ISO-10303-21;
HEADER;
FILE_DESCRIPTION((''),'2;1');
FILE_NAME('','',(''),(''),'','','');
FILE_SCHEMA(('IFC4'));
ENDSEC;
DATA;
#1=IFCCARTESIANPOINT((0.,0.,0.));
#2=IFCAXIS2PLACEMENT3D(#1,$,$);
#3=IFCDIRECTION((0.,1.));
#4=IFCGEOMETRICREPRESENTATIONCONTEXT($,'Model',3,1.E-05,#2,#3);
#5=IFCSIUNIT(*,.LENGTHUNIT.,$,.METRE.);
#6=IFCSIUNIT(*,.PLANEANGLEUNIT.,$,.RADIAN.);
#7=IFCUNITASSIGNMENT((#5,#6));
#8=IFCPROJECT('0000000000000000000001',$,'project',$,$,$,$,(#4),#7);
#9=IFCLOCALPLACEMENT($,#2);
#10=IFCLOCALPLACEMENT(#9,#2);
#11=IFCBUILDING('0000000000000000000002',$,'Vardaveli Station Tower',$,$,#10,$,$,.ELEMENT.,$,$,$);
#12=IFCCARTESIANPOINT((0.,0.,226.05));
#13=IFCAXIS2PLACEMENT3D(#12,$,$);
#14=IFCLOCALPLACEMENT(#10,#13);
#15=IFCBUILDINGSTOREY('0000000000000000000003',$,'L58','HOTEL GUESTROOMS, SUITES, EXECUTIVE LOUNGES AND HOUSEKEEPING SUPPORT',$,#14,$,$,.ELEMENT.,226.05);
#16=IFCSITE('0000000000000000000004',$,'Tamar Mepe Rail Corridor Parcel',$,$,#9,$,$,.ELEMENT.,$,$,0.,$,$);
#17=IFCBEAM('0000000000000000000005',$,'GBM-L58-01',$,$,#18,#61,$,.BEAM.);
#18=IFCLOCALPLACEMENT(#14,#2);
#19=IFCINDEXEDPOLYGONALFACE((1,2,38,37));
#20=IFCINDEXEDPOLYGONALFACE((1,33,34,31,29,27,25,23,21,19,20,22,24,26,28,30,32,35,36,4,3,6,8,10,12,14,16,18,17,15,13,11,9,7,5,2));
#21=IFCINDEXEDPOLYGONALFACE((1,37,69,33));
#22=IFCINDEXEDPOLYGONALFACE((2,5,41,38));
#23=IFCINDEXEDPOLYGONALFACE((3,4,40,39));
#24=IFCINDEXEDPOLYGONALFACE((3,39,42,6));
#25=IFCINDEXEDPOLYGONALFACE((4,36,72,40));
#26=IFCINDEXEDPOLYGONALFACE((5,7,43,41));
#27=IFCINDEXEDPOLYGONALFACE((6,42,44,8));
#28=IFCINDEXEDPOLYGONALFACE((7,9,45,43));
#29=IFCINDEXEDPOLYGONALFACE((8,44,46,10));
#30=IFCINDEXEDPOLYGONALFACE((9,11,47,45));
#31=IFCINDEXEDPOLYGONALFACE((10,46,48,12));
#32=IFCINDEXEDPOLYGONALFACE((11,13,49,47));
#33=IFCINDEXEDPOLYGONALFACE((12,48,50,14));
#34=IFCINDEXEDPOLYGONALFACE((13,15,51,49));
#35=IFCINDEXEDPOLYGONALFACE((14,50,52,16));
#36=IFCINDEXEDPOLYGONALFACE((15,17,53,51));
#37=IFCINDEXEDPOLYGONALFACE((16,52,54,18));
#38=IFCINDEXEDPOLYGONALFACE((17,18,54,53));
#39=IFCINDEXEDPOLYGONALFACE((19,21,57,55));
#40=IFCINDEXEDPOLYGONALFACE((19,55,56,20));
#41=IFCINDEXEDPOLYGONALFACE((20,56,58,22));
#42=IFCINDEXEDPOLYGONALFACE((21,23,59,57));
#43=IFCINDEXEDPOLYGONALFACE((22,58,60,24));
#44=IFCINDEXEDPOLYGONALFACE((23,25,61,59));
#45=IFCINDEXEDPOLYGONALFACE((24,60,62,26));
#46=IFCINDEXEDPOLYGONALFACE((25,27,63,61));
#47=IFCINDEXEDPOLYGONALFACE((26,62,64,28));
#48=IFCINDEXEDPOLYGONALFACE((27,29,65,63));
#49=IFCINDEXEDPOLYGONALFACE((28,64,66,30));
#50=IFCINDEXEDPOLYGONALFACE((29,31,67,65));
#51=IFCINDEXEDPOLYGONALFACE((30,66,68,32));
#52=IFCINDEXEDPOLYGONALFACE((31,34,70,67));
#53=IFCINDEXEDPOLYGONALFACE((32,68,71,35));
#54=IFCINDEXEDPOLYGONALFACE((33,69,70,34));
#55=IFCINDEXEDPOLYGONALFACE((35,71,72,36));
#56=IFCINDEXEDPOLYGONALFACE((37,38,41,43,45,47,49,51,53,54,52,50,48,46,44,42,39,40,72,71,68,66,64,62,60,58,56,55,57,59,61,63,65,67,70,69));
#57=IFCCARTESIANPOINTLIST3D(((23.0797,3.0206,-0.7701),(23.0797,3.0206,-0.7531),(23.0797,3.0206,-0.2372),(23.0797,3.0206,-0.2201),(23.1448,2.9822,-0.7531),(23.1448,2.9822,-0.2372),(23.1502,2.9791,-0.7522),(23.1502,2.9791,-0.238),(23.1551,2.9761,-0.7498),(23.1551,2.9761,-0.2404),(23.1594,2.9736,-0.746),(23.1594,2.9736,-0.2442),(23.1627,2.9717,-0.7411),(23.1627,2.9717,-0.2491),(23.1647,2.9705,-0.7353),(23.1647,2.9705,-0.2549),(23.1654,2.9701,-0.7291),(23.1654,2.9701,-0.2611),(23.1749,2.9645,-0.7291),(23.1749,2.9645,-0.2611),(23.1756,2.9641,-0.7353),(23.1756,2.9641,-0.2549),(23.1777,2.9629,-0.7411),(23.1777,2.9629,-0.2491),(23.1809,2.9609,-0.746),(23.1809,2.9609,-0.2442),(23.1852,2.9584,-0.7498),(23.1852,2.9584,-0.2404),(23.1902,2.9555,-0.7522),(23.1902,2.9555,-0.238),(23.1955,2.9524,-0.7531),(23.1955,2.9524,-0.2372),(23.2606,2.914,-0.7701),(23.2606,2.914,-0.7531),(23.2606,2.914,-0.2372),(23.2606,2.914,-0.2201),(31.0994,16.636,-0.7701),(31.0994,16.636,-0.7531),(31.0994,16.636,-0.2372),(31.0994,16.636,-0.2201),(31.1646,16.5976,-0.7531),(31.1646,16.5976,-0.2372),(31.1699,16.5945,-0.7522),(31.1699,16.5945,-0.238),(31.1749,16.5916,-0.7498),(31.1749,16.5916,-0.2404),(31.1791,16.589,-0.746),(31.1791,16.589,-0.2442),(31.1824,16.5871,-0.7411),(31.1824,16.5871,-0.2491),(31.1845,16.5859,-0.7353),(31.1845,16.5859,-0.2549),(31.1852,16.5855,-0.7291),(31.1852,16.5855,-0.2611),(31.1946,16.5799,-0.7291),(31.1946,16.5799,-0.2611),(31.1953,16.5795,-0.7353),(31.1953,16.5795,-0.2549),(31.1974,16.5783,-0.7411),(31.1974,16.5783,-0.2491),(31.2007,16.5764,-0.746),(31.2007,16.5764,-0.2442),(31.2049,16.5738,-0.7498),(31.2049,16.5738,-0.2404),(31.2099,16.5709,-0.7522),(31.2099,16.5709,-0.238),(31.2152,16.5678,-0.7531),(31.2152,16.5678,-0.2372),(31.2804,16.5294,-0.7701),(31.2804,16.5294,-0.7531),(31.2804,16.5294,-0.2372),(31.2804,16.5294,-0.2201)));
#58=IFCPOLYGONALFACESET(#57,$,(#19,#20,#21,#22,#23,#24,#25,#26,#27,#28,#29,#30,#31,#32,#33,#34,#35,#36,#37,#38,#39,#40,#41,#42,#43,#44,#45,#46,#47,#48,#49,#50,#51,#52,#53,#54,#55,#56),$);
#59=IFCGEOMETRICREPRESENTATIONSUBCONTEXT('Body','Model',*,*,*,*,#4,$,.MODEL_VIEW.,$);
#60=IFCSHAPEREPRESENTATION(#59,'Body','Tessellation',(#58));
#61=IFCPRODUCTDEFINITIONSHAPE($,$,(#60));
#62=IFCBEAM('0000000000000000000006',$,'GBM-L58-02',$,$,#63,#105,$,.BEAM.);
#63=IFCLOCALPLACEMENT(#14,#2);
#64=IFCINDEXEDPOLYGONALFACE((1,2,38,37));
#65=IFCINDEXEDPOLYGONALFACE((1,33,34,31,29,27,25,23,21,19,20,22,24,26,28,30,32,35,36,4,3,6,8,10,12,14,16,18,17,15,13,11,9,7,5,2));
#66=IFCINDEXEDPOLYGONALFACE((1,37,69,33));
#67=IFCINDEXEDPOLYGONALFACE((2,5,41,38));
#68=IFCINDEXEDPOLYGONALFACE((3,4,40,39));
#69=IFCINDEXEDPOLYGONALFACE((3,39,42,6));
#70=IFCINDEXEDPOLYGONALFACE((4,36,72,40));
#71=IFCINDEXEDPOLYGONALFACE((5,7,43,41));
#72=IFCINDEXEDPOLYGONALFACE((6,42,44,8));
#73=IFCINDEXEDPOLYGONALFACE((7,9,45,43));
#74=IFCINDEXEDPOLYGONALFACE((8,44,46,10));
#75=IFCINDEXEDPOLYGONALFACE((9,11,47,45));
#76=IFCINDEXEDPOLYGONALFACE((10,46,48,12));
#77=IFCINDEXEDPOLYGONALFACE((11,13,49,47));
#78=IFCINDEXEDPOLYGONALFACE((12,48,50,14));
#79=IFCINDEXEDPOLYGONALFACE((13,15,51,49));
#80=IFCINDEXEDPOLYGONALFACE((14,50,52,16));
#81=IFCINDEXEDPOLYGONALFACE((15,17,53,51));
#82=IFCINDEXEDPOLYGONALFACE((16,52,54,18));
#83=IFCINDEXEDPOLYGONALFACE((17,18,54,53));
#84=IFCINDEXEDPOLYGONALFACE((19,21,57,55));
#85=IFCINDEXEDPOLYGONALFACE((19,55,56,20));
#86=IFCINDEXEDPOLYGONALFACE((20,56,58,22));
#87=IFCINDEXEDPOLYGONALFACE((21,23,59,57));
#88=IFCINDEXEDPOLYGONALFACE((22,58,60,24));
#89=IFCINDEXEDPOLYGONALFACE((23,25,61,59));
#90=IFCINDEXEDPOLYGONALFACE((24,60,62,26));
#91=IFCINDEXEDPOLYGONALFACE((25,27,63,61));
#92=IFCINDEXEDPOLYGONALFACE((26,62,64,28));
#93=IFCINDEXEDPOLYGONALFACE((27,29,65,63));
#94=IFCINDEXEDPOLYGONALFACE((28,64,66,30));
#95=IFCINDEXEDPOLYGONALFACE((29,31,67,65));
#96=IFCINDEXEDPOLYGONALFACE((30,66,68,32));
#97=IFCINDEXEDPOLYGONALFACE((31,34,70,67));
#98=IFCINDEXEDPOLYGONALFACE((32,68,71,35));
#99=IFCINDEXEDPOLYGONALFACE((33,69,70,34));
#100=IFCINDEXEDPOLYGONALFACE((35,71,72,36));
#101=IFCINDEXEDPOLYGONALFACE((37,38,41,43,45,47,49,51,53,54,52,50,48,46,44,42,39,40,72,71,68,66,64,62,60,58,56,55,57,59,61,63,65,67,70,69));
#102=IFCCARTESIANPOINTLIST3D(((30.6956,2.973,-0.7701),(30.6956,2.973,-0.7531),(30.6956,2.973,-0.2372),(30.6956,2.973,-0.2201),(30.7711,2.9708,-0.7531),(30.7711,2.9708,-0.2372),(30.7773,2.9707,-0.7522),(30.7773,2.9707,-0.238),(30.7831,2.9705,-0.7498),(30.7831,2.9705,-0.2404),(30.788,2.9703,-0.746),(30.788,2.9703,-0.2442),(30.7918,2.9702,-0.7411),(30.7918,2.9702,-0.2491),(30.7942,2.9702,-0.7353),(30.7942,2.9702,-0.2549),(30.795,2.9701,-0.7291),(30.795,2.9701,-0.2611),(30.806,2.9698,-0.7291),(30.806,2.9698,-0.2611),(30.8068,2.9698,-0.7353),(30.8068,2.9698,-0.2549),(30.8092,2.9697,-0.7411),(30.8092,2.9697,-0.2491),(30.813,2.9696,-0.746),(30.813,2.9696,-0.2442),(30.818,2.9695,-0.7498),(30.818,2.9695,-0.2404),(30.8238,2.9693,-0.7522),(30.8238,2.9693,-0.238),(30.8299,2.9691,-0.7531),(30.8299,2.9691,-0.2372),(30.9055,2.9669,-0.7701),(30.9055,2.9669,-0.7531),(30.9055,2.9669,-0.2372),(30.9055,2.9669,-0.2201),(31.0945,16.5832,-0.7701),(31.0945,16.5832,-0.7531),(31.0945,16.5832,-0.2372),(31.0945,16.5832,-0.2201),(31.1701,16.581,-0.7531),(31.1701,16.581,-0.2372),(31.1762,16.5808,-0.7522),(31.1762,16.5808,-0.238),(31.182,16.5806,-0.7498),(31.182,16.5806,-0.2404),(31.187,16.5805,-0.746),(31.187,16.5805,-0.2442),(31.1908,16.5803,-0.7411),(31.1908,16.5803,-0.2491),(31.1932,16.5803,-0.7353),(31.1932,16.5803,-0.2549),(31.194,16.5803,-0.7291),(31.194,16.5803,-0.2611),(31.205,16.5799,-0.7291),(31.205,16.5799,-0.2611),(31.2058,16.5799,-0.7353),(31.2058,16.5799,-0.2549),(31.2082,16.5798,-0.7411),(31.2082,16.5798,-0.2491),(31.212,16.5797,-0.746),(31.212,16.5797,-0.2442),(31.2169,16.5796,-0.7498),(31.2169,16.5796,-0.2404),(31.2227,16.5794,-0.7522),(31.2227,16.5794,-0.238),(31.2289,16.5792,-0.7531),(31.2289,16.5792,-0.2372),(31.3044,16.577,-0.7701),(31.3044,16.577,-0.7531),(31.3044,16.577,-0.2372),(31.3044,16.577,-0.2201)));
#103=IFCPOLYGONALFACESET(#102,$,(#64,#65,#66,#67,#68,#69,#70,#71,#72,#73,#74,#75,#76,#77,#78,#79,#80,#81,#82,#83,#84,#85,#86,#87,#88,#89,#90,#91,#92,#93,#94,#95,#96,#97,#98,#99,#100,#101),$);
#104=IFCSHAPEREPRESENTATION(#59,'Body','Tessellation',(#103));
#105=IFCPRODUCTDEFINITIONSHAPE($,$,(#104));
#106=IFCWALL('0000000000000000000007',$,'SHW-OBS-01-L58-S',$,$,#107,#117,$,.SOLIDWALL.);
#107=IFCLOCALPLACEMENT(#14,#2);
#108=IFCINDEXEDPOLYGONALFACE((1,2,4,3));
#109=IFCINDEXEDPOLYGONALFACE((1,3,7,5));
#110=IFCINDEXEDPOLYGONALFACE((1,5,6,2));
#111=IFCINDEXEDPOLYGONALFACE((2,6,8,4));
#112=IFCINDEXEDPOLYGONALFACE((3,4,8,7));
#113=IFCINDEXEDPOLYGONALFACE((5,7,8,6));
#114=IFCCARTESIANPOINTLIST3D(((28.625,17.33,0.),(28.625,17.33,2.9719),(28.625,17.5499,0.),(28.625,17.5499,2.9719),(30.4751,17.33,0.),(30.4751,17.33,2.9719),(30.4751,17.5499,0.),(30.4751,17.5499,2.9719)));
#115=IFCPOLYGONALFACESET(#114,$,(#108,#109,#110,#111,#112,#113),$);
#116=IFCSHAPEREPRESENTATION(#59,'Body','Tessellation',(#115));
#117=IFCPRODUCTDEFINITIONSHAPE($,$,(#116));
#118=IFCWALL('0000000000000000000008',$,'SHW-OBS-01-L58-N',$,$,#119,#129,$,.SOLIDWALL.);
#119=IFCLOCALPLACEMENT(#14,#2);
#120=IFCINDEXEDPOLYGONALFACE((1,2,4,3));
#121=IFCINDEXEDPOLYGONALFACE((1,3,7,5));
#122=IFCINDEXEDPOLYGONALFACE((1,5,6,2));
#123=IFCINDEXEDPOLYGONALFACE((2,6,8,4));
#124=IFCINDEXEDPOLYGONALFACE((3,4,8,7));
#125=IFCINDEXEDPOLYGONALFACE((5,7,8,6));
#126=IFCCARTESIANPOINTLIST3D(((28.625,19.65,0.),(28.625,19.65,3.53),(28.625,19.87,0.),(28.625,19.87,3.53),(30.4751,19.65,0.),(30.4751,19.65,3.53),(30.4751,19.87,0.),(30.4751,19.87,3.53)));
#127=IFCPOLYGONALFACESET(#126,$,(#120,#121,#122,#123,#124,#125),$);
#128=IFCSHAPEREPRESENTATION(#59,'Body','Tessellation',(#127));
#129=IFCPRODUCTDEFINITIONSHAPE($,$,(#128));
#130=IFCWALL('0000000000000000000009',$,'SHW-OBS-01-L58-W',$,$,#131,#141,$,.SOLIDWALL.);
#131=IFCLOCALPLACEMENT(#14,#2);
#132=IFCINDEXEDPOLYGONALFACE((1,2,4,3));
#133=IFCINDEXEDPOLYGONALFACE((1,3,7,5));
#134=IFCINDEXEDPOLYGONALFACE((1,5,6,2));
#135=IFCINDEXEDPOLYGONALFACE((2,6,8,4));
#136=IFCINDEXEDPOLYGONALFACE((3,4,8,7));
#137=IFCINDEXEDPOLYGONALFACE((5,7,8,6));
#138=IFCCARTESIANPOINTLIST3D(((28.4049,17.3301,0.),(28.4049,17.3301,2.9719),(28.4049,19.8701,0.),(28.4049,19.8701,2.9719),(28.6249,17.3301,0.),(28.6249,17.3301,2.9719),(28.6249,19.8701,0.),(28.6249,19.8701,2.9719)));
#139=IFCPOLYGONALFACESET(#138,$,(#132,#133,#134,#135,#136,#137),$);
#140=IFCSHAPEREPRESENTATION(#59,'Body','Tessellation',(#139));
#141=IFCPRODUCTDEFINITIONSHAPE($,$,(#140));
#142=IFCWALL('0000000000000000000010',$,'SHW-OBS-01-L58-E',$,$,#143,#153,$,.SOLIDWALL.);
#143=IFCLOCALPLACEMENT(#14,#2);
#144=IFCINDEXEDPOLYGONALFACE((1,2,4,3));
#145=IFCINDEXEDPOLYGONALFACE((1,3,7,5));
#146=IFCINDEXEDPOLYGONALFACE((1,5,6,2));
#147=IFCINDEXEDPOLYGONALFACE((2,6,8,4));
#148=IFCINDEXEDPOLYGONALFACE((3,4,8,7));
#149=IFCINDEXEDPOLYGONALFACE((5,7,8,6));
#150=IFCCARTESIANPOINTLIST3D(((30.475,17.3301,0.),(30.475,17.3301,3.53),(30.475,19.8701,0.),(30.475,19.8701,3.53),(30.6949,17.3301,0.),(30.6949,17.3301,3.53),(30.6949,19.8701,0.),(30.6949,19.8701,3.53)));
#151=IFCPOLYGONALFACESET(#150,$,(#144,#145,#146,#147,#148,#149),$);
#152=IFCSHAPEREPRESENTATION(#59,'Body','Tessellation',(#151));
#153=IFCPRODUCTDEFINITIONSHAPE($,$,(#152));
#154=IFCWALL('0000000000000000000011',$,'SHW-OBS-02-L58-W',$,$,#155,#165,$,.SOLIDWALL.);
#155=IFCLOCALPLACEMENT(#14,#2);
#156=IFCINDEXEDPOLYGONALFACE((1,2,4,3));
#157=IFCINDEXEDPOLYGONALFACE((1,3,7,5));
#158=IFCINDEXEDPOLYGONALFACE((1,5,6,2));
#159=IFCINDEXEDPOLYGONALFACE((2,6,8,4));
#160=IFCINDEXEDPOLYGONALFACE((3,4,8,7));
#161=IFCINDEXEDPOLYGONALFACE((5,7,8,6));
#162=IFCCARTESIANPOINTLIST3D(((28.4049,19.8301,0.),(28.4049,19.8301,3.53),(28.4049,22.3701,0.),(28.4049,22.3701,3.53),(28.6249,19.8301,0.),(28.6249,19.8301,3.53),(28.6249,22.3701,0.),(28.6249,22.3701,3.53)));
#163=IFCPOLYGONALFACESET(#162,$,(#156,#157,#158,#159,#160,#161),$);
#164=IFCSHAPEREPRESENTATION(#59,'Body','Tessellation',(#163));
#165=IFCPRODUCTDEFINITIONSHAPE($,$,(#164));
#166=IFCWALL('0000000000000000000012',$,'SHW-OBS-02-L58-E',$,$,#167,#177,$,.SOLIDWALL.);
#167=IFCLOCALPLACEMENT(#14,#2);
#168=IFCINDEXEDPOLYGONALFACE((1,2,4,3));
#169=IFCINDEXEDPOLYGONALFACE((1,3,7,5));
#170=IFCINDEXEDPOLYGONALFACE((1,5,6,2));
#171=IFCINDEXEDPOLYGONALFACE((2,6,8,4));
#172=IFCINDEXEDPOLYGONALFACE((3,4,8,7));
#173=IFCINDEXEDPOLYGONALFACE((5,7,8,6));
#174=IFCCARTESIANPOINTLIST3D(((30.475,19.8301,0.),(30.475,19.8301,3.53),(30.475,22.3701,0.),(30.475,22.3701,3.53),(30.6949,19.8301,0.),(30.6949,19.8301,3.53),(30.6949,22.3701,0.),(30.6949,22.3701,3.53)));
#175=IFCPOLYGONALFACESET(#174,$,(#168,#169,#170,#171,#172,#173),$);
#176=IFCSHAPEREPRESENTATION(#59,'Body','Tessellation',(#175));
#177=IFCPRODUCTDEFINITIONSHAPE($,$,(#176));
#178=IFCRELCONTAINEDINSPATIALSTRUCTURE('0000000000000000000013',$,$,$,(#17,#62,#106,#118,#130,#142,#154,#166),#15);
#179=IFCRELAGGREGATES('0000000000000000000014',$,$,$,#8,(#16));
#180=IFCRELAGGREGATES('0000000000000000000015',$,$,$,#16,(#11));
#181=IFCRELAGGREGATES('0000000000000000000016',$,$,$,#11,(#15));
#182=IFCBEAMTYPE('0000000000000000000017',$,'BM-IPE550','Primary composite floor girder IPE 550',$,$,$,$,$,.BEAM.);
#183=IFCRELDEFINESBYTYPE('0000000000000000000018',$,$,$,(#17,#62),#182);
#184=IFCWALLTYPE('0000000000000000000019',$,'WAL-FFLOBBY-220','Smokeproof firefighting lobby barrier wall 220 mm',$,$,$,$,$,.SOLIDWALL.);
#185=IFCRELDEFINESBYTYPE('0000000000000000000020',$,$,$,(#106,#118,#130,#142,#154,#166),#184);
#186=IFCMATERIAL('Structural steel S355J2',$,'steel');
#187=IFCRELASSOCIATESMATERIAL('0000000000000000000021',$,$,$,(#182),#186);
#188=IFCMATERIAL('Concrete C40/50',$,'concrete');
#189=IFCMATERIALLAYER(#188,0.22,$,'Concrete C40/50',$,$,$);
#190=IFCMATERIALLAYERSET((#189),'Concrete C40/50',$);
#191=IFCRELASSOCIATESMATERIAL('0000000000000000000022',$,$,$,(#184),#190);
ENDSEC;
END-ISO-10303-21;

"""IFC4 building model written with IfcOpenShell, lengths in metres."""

from ifc_helpers import new_model, si_unit, direction, frame, frame_2d, origin, origin_2d, place, context, subcontext, project, spatial, rectangle, i_section, extrude, source, transform, mapped, material, layer, layer_set, material_profile, profile_set, type_object, element, save


model = new_model("IFC4")

# Units and contexts
model_context = context("Model", 3, precision=1e-05, world=origin(), true_north=direction((0.0, 1.0)))
body_context = subcontext(model_context, "Body", "Model", "MODEL_VIEW")
ifc_project = project(units=[si_unit("LENGTHUNIT", "METRE"), si_unit("PLANEANGLEUNIT", "RADIAN")], contexts=[model_context])

# Site, building, storey
site_placement = place(None, origin())
site = spatial("IfcSite", under=ifc_project, at=site_placement, Name="Tamar Mepe Rail Corridor Parcel", CompositionType="ELEMENT", RefElevation=0.0)
building_placement = place(site_placement, origin())
building = spatial("IfcBuilding", under=site, at=building_placement, Name="Vardaveli Station Tower", CompositionType="ELEMENT")
storey_placement = place(building_placement, frame((0.0, 0.0, 226.05)))
storey = spatial("IfcBuildingStorey", under=building, at=storey_placement, Name="L58", Description="HOTEL GUESTROOMS, SUITES, EXECUTIVE LOUNGES AND HOUSEKEEPING SUPPORT", CompositionType="ELEMENT", Elevation=226.05)

# Beams
ifc_material_1 = material(Name="Structural steel S355J2", Category="steel")
ifc_material_profile_1 = material_profile(ifc_material_1, i_section(OverallWidth=0.21, OverallDepth=0.55, WebThickness=0.011, FlangeThickness=0.0171, FilletRadius=0.0239, at=origin_2d()), Name="IPE 550")
ifc_profile_set_1 = profile_set([ifc_material_profile_1], Name="Structural steel S355J2")
beam_type_1 = type_object("IfcBeamType", Name="BM-IPE550", Description="Primary composite floor girder IPE 550", PredefinedType="BEAM", material=ifc_profile_set_1)
shared_shape_1 = source(origin(), body_context, "Body", "SweptSolid", [
    extrude(i_section(OverallWidth=0.21, OverallDepth=0.55, WebThickness=0.011, FlangeThickness=0.0171, FilletRadius=0.0239, at=origin_2d()), origin(), (0.0, 0.0, 1.0), 15.8018),
])
beam_1_placement = place(storey_placement, frame((23.1702, 2.9673, -0.4951), z_axis=(0.507522, 0.861639, 0.0), x_axis=(-0.861639, 0.507522, 0.0)))
element("IfcBeam", 1, at=beam_1_placement, inside=storey, type_object=beam_type_1, Name="GBM-L58-01", PredefinedType="BEAM", context=body_context, shape_type="MappedRepresentation", body=[
    mapped(shared_shape_1, transform((0.0, 0.0, 0.0), scale=1.0)),
])
shared_shape_2 = source(origin(), body_context, "Body", "SweptSolid", [
    extrude(i_section(OverallWidth=0.21, OverallDepth=0.55, WebThickness=0.011, FlangeThickness=0.0171, FilletRadius=0.0239, at=origin_2d()), origin(), (0.0, 0.0, 1.0), 13.616),
])
beam_2_placement = place(storey_placement, frame((30.8005, 2.97, -0.4951), z_axis=(0.029298, 0.999571, 0.0), x_axis=(-0.999571, 0.029298, 0.0)))
element("IfcBeam", 2, at=beam_2_placement, inside=storey, type_object=beam_type_1, Name="GBM-L58-02", PredefinedType="BEAM", context=body_context, shape_type="MappedRepresentation", body=[
    mapped(shared_shape_2, transform((0.0, 0.0, 0.0), scale=1.0)),
])

# Walls
ifc_material_2 = material(Name="Concrete C40/50", Category="concrete")
ifc_layer_1 = layer(ifc_material_2, 0.22, Name="Concrete C40/50")
ifc_layer_set_1 = layer_set([ifc_layer_1], Name="Concrete C40/50")
wall_type_1 = type_object("IfcWallType", Name="WAL-FFLOBBY-220", Description="Smokeproof firefighting lobby barrier wall 220 mm", PredefinedType="SOLIDWALL", material=ifc_layer_set_1)
shared_shape_3 = source(origin(), body_context, "Body", "SweptSolid", [
    extrude(rectangle(XDim=1.8501, YDim=0.22, at=frame_2d((0.925, 0.0))), origin(), (0.0, 0.0, 1.0), 2.9719),
])
wall_1_placement = place(storey_placement, frame((28.625, 17.4399, 0.0), z_axis=(0.0, 0.0, 1.0), x_axis=(1.0, 0.0, 0.0)))
element("IfcWall", 3, at=wall_1_placement, inside=storey, type_object=wall_type_1, Name="SHW-OBS-01-L58-S", PredefinedType="SOLIDWALL", context=body_context, shape_type="MappedRepresentation", body=[
    mapped(shared_shape_3, transform((0.0, 0.0, 0.0), scale=1.0)),
])
shared_shape_4 = source(origin(), body_context, "Body", "SweptSolid", [
    extrude(rectangle(XDim=1.8501, YDim=0.22, at=frame_2d((0.925, 0.0))), origin(), (0.0, 0.0, 1.0), 3.53),
])
wall_2_placement = place(storey_placement, frame((28.625, 19.76, 0.0), z_axis=(0.0, 0.0, 1.0), x_axis=(1.0, 0.0, 0.0)))
element("IfcWall", 4, at=wall_2_placement, inside=storey, type_object=wall_type_1, Name="SHW-OBS-01-L58-N", PredefinedType="SOLIDWALL", context=body_context, shape_type="MappedRepresentation", body=[
    mapped(shared_shape_4, transform((0.0, 0.0, 0.0), scale=1.0)),
])
shared_shape_5 = source(origin(), body_context, "Body", "SweptSolid", [
    extrude(rectangle(XDim=2.54, YDim=0.22, at=frame_2d((1.27, 0.0))), origin(), (0.0, 0.0, 1.0), 2.9719),
])
wall_3_placement = place(storey_placement, frame((28.5149, 17.3301, 0.0), z_axis=(0.0, 0.0, 1.0), x_axis=(0.0, 1.0, 0.0)))
element("IfcWall", 5, at=wall_3_placement, inside=storey, type_object=wall_type_1, Name="SHW-OBS-01-L58-W", PredefinedType="SOLIDWALL", context=body_context, shape_type="MappedRepresentation", body=[
    mapped(shared_shape_5, transform((0.0, 0.0, 0.0), scale=1.0)),
])
shared_shape_6 = source(origin(), body_context, "Body", "SweptSolid", [
    extrude(rectangle(XDim=2.54, YDim=0.22, at=frame_2d((1.27, 0.0))), origin(), (0.0, 0.0, 1.0), 3.53),
])
for number, where, z_axis, x_axis, name in (
    (6, (30.585, 17.3301, 0.0), (0.0, 0.0, 1.0), (0.0, 1.0, 0.0), "SHW-OBS-01-L58-E"),
    (7, (28.5149, 19.8301, 0.0), (0.0, 0.0, 1.0), (0.0, 1.0, 0.0), "SHW-OBS-02-L58-W"),
    (8, (30.585, 19.8301, 0.0), (0.0, 0.0, 1.0), (0.0, 1.0, 0.0), "SHW-OBS-02-L58-E"),
):
    element("IfcWall", number, at=place(storey_placement, frame(where, z_axis=z_axis, x_axis=x_axis)), inside=storey, type_object=wall_type_1, Name=name, PredefinedType="SOLIDWALL", context=body_context, shape_type="MappedRepresentation", body=[
        mapped(shared_shape_6, transform((0.0, 0.0, 0.0), scale=1.0)),
    ])

save(model, "model.ifc")
